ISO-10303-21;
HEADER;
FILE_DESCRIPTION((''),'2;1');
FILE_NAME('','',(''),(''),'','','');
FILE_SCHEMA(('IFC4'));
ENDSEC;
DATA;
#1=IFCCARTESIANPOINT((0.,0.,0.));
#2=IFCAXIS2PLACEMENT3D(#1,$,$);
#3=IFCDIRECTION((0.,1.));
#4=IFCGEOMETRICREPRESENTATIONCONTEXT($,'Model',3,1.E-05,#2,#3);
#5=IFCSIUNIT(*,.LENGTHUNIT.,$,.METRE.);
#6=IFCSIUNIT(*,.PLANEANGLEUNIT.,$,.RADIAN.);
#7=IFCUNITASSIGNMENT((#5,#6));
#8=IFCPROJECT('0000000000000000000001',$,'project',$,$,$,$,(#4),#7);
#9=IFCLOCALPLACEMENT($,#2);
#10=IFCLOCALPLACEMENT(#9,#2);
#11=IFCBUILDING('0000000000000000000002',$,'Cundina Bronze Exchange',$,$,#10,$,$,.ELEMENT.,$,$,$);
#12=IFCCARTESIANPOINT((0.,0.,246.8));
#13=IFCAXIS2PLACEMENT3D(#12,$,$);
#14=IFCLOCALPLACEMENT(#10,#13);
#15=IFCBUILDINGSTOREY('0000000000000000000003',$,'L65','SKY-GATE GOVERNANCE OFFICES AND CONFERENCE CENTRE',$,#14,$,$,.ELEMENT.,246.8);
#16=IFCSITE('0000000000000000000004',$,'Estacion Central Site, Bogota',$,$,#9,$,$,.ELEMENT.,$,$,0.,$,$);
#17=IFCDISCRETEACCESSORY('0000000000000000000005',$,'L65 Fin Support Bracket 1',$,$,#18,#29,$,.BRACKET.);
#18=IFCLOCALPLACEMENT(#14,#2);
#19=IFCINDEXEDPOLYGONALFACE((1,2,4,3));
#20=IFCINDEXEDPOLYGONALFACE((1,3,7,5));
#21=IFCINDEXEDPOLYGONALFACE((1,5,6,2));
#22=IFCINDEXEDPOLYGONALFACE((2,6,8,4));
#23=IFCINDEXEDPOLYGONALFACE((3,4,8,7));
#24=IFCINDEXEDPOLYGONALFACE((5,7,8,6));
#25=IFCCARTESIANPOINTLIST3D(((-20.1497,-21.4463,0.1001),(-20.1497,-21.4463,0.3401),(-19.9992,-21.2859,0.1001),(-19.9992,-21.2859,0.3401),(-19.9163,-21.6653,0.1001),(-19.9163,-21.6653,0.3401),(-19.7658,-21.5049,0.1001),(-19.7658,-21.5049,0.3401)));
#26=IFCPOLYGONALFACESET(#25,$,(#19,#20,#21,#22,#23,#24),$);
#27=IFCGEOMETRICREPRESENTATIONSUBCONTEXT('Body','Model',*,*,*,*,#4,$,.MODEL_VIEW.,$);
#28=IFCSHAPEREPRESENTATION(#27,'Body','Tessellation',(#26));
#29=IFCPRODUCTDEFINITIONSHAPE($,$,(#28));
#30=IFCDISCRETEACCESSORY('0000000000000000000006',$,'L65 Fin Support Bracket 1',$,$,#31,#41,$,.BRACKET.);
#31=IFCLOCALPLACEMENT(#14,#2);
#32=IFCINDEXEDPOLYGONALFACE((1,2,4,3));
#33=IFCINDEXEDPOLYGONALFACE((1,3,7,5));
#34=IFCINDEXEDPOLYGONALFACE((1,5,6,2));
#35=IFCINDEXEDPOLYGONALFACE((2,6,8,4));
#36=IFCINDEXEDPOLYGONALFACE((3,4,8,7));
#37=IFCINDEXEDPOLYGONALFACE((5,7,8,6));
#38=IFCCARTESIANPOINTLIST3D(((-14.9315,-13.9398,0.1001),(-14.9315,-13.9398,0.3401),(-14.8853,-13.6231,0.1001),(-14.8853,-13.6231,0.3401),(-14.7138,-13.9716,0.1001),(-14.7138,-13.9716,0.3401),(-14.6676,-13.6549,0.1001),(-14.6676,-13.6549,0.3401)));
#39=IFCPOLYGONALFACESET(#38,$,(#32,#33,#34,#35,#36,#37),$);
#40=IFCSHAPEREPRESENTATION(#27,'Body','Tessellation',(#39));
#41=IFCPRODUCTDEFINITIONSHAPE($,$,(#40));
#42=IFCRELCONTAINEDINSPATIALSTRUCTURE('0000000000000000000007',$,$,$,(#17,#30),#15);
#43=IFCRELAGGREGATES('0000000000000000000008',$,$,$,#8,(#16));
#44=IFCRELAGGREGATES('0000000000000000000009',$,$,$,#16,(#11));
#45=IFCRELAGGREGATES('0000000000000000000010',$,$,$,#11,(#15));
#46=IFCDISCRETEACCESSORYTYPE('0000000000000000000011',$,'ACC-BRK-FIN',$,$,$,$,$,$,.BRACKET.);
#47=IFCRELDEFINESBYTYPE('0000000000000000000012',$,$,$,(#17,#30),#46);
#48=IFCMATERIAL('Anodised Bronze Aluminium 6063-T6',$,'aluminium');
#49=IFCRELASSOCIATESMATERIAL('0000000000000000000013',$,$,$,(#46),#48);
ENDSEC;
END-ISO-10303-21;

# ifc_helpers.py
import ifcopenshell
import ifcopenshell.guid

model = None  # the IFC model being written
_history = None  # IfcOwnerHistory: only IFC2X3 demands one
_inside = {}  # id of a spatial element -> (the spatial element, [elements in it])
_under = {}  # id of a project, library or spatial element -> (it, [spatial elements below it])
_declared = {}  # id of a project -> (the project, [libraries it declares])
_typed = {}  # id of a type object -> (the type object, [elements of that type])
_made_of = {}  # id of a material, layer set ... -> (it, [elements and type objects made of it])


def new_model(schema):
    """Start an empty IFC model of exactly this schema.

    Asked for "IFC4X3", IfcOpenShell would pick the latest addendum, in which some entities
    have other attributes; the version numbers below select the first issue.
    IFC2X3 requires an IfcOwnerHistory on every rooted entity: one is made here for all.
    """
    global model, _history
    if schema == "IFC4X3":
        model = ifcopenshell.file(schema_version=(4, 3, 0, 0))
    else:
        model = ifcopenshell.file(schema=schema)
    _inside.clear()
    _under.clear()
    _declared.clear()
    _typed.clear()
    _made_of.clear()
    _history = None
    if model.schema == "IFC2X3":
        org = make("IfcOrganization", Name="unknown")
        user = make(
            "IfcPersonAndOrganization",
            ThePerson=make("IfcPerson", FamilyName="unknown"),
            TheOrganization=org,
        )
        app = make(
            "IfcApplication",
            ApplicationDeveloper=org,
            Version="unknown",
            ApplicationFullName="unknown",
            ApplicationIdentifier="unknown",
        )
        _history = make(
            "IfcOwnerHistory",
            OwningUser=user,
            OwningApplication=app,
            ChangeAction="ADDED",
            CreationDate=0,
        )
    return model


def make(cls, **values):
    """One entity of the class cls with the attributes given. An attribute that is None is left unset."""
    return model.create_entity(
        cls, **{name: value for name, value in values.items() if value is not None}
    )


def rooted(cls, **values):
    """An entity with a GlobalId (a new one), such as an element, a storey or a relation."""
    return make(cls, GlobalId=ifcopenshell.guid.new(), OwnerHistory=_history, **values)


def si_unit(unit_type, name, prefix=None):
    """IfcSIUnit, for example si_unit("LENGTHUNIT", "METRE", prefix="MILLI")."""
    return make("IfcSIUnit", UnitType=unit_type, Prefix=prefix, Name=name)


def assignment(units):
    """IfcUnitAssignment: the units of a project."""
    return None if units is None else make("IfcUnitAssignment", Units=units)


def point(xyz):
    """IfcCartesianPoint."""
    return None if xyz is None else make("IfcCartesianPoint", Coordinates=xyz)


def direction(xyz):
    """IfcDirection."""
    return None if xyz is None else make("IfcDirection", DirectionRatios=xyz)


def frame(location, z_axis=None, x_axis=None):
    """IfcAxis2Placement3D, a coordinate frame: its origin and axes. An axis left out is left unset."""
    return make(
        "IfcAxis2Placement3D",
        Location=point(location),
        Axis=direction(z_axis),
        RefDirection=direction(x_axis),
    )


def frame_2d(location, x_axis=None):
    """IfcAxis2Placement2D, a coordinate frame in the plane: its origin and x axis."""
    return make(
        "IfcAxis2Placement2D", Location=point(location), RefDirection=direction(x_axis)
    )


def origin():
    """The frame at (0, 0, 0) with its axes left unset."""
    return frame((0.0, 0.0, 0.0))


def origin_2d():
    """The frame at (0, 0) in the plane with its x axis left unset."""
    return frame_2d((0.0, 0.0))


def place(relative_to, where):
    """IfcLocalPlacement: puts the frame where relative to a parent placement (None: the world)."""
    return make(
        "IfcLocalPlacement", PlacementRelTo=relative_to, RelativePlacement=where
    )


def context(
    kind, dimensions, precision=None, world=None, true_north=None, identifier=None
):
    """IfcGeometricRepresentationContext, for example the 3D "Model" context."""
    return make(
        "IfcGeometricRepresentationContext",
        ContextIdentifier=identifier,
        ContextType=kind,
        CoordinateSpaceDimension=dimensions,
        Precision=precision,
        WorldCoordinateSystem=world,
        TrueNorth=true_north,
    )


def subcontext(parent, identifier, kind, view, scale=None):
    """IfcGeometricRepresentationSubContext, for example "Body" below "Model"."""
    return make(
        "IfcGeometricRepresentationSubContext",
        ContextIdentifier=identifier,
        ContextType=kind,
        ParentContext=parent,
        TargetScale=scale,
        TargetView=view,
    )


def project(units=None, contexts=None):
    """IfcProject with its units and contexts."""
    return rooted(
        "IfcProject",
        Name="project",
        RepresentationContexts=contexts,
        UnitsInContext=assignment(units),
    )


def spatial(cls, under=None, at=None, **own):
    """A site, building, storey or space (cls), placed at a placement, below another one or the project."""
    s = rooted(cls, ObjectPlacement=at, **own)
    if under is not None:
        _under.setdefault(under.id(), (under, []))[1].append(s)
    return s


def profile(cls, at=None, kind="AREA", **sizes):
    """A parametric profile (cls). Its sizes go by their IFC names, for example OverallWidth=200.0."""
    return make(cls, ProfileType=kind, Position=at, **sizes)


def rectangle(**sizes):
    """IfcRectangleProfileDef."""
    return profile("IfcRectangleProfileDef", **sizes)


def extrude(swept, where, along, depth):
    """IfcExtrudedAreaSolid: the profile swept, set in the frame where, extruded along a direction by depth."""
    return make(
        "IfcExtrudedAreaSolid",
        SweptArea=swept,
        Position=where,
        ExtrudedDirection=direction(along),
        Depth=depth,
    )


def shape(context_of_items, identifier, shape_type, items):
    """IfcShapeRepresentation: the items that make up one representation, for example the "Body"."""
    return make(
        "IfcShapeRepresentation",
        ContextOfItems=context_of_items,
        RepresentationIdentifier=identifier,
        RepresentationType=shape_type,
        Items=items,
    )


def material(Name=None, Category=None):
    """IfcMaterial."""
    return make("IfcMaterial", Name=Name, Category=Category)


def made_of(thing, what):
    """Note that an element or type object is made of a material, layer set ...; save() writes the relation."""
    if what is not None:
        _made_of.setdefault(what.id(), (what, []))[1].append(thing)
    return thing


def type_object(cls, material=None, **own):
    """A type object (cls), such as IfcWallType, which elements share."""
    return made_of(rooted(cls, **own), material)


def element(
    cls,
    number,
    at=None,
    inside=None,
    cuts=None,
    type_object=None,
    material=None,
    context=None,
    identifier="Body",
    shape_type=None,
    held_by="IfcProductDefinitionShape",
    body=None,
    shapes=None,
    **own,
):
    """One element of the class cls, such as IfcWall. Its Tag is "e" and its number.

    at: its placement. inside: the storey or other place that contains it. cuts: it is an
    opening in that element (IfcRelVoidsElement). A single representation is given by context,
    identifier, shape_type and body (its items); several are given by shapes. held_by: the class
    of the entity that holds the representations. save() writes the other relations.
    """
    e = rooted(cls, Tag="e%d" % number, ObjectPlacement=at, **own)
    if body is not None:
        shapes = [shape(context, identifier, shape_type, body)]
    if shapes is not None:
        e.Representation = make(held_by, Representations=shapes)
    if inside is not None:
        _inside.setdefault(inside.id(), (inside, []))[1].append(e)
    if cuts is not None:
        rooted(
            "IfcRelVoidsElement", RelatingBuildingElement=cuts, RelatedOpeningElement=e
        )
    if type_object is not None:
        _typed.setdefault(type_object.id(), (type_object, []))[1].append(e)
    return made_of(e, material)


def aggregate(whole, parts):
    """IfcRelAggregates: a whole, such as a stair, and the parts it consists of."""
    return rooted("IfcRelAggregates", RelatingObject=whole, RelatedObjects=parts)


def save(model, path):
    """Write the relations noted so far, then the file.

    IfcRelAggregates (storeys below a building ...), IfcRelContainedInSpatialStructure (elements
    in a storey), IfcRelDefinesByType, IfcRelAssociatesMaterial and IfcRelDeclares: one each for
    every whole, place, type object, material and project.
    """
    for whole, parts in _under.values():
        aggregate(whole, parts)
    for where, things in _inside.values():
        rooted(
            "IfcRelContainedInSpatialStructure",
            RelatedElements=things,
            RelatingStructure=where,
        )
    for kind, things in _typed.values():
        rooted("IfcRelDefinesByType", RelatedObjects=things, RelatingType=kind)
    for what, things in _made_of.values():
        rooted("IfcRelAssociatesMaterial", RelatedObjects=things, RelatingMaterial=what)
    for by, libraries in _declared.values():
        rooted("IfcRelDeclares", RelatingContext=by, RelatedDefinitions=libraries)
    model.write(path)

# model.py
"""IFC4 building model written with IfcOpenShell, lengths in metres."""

from ifc_helpers import new_model, si_unit, direction, frame, origin, origin_2d, place, context, subcontext, project, spatial, rectangle, extrude, material, type_object, element, save


model = new_model("IFC4")

# Units and contexts
model_context = context("Model", 3, precision=1e-05, world=origin(), true_north=direction((0.0, 1.0)))
body_context = subcontext(model_context, "Body", "Model", "MODEL_VIEW")
ifc_project = project(units=[si_unit("LENGTHUNIT", "METRE"), si_unit("PLANEANGLEUNIT", "RADIAN")], contexts=[model_context])

# Site, building, storey
site_placement = place(None, origin())
site = spatial("IfcSite", under=ifc_project, at=site_placement, Name="Estacion Central Site, Bogota", CompositionType="ELEMENT", RefElevation=0.0)
building_placement = place(site_placement, origin())
building = spatial("IfcBuilding", under=site, at=building_placement, Name="Cundina Bronze Exchange", CompositionType="ELEMENT")
storey_placement = place(building_placement, frame((0.0, 0.0, 246.8)))
storey = spatial("IfcBuildingStorey", under=building, at=storey_placement, Name="L65", Description="SKY-GATE GOVERNANCE OFFICES AND CONFERENCE CENTRE", CompositionType="ELEMENT", Elevation=246.8)

# Shared definitions
ifc_material_1 = material(Name="Anodised Bronze Aluminium 6063-T6", Category="aluminium")

# Discrete accessories
discrete_accessory_type = type_object("IfcDiscreteAccessoryType", Name="ACC-BRK-FIN", PredefinedType="BRACKET", material=ifc_material_1)
for number, where, z_axis, x_axis, name in (
    (1, (-19.9578, -21.4756, 0.1001), (0.0, 0.0, 1.0), (0.684344, 0.72916, 0.0), "L65 Fin Support Bracket 1"),
    (2, (-14.7996, -13.7974, 0.1001), (0.0, 0.0, 1.0), (0.989528, -0.144339, 0.0), "L65 Fin Support Bracket 1"),
):
    element("IfcDiscreteAccessory", number, at=place(storey_placement, frame(where, z_axis=z_axis, x_axis=x_axis)), inside=storey, type_object=discrete_accessory_type, Name=name, PredefinedType="BRACKET", context=body_context, shape_type="SweptSolid", body=[
        extrude(rectangle(XDim=0.22, YDim=0.3201, at=origin_2d()), origin(), (0.0, 0.0, 1.0), 0.24),
    ])

save(model, "model.ifc")
